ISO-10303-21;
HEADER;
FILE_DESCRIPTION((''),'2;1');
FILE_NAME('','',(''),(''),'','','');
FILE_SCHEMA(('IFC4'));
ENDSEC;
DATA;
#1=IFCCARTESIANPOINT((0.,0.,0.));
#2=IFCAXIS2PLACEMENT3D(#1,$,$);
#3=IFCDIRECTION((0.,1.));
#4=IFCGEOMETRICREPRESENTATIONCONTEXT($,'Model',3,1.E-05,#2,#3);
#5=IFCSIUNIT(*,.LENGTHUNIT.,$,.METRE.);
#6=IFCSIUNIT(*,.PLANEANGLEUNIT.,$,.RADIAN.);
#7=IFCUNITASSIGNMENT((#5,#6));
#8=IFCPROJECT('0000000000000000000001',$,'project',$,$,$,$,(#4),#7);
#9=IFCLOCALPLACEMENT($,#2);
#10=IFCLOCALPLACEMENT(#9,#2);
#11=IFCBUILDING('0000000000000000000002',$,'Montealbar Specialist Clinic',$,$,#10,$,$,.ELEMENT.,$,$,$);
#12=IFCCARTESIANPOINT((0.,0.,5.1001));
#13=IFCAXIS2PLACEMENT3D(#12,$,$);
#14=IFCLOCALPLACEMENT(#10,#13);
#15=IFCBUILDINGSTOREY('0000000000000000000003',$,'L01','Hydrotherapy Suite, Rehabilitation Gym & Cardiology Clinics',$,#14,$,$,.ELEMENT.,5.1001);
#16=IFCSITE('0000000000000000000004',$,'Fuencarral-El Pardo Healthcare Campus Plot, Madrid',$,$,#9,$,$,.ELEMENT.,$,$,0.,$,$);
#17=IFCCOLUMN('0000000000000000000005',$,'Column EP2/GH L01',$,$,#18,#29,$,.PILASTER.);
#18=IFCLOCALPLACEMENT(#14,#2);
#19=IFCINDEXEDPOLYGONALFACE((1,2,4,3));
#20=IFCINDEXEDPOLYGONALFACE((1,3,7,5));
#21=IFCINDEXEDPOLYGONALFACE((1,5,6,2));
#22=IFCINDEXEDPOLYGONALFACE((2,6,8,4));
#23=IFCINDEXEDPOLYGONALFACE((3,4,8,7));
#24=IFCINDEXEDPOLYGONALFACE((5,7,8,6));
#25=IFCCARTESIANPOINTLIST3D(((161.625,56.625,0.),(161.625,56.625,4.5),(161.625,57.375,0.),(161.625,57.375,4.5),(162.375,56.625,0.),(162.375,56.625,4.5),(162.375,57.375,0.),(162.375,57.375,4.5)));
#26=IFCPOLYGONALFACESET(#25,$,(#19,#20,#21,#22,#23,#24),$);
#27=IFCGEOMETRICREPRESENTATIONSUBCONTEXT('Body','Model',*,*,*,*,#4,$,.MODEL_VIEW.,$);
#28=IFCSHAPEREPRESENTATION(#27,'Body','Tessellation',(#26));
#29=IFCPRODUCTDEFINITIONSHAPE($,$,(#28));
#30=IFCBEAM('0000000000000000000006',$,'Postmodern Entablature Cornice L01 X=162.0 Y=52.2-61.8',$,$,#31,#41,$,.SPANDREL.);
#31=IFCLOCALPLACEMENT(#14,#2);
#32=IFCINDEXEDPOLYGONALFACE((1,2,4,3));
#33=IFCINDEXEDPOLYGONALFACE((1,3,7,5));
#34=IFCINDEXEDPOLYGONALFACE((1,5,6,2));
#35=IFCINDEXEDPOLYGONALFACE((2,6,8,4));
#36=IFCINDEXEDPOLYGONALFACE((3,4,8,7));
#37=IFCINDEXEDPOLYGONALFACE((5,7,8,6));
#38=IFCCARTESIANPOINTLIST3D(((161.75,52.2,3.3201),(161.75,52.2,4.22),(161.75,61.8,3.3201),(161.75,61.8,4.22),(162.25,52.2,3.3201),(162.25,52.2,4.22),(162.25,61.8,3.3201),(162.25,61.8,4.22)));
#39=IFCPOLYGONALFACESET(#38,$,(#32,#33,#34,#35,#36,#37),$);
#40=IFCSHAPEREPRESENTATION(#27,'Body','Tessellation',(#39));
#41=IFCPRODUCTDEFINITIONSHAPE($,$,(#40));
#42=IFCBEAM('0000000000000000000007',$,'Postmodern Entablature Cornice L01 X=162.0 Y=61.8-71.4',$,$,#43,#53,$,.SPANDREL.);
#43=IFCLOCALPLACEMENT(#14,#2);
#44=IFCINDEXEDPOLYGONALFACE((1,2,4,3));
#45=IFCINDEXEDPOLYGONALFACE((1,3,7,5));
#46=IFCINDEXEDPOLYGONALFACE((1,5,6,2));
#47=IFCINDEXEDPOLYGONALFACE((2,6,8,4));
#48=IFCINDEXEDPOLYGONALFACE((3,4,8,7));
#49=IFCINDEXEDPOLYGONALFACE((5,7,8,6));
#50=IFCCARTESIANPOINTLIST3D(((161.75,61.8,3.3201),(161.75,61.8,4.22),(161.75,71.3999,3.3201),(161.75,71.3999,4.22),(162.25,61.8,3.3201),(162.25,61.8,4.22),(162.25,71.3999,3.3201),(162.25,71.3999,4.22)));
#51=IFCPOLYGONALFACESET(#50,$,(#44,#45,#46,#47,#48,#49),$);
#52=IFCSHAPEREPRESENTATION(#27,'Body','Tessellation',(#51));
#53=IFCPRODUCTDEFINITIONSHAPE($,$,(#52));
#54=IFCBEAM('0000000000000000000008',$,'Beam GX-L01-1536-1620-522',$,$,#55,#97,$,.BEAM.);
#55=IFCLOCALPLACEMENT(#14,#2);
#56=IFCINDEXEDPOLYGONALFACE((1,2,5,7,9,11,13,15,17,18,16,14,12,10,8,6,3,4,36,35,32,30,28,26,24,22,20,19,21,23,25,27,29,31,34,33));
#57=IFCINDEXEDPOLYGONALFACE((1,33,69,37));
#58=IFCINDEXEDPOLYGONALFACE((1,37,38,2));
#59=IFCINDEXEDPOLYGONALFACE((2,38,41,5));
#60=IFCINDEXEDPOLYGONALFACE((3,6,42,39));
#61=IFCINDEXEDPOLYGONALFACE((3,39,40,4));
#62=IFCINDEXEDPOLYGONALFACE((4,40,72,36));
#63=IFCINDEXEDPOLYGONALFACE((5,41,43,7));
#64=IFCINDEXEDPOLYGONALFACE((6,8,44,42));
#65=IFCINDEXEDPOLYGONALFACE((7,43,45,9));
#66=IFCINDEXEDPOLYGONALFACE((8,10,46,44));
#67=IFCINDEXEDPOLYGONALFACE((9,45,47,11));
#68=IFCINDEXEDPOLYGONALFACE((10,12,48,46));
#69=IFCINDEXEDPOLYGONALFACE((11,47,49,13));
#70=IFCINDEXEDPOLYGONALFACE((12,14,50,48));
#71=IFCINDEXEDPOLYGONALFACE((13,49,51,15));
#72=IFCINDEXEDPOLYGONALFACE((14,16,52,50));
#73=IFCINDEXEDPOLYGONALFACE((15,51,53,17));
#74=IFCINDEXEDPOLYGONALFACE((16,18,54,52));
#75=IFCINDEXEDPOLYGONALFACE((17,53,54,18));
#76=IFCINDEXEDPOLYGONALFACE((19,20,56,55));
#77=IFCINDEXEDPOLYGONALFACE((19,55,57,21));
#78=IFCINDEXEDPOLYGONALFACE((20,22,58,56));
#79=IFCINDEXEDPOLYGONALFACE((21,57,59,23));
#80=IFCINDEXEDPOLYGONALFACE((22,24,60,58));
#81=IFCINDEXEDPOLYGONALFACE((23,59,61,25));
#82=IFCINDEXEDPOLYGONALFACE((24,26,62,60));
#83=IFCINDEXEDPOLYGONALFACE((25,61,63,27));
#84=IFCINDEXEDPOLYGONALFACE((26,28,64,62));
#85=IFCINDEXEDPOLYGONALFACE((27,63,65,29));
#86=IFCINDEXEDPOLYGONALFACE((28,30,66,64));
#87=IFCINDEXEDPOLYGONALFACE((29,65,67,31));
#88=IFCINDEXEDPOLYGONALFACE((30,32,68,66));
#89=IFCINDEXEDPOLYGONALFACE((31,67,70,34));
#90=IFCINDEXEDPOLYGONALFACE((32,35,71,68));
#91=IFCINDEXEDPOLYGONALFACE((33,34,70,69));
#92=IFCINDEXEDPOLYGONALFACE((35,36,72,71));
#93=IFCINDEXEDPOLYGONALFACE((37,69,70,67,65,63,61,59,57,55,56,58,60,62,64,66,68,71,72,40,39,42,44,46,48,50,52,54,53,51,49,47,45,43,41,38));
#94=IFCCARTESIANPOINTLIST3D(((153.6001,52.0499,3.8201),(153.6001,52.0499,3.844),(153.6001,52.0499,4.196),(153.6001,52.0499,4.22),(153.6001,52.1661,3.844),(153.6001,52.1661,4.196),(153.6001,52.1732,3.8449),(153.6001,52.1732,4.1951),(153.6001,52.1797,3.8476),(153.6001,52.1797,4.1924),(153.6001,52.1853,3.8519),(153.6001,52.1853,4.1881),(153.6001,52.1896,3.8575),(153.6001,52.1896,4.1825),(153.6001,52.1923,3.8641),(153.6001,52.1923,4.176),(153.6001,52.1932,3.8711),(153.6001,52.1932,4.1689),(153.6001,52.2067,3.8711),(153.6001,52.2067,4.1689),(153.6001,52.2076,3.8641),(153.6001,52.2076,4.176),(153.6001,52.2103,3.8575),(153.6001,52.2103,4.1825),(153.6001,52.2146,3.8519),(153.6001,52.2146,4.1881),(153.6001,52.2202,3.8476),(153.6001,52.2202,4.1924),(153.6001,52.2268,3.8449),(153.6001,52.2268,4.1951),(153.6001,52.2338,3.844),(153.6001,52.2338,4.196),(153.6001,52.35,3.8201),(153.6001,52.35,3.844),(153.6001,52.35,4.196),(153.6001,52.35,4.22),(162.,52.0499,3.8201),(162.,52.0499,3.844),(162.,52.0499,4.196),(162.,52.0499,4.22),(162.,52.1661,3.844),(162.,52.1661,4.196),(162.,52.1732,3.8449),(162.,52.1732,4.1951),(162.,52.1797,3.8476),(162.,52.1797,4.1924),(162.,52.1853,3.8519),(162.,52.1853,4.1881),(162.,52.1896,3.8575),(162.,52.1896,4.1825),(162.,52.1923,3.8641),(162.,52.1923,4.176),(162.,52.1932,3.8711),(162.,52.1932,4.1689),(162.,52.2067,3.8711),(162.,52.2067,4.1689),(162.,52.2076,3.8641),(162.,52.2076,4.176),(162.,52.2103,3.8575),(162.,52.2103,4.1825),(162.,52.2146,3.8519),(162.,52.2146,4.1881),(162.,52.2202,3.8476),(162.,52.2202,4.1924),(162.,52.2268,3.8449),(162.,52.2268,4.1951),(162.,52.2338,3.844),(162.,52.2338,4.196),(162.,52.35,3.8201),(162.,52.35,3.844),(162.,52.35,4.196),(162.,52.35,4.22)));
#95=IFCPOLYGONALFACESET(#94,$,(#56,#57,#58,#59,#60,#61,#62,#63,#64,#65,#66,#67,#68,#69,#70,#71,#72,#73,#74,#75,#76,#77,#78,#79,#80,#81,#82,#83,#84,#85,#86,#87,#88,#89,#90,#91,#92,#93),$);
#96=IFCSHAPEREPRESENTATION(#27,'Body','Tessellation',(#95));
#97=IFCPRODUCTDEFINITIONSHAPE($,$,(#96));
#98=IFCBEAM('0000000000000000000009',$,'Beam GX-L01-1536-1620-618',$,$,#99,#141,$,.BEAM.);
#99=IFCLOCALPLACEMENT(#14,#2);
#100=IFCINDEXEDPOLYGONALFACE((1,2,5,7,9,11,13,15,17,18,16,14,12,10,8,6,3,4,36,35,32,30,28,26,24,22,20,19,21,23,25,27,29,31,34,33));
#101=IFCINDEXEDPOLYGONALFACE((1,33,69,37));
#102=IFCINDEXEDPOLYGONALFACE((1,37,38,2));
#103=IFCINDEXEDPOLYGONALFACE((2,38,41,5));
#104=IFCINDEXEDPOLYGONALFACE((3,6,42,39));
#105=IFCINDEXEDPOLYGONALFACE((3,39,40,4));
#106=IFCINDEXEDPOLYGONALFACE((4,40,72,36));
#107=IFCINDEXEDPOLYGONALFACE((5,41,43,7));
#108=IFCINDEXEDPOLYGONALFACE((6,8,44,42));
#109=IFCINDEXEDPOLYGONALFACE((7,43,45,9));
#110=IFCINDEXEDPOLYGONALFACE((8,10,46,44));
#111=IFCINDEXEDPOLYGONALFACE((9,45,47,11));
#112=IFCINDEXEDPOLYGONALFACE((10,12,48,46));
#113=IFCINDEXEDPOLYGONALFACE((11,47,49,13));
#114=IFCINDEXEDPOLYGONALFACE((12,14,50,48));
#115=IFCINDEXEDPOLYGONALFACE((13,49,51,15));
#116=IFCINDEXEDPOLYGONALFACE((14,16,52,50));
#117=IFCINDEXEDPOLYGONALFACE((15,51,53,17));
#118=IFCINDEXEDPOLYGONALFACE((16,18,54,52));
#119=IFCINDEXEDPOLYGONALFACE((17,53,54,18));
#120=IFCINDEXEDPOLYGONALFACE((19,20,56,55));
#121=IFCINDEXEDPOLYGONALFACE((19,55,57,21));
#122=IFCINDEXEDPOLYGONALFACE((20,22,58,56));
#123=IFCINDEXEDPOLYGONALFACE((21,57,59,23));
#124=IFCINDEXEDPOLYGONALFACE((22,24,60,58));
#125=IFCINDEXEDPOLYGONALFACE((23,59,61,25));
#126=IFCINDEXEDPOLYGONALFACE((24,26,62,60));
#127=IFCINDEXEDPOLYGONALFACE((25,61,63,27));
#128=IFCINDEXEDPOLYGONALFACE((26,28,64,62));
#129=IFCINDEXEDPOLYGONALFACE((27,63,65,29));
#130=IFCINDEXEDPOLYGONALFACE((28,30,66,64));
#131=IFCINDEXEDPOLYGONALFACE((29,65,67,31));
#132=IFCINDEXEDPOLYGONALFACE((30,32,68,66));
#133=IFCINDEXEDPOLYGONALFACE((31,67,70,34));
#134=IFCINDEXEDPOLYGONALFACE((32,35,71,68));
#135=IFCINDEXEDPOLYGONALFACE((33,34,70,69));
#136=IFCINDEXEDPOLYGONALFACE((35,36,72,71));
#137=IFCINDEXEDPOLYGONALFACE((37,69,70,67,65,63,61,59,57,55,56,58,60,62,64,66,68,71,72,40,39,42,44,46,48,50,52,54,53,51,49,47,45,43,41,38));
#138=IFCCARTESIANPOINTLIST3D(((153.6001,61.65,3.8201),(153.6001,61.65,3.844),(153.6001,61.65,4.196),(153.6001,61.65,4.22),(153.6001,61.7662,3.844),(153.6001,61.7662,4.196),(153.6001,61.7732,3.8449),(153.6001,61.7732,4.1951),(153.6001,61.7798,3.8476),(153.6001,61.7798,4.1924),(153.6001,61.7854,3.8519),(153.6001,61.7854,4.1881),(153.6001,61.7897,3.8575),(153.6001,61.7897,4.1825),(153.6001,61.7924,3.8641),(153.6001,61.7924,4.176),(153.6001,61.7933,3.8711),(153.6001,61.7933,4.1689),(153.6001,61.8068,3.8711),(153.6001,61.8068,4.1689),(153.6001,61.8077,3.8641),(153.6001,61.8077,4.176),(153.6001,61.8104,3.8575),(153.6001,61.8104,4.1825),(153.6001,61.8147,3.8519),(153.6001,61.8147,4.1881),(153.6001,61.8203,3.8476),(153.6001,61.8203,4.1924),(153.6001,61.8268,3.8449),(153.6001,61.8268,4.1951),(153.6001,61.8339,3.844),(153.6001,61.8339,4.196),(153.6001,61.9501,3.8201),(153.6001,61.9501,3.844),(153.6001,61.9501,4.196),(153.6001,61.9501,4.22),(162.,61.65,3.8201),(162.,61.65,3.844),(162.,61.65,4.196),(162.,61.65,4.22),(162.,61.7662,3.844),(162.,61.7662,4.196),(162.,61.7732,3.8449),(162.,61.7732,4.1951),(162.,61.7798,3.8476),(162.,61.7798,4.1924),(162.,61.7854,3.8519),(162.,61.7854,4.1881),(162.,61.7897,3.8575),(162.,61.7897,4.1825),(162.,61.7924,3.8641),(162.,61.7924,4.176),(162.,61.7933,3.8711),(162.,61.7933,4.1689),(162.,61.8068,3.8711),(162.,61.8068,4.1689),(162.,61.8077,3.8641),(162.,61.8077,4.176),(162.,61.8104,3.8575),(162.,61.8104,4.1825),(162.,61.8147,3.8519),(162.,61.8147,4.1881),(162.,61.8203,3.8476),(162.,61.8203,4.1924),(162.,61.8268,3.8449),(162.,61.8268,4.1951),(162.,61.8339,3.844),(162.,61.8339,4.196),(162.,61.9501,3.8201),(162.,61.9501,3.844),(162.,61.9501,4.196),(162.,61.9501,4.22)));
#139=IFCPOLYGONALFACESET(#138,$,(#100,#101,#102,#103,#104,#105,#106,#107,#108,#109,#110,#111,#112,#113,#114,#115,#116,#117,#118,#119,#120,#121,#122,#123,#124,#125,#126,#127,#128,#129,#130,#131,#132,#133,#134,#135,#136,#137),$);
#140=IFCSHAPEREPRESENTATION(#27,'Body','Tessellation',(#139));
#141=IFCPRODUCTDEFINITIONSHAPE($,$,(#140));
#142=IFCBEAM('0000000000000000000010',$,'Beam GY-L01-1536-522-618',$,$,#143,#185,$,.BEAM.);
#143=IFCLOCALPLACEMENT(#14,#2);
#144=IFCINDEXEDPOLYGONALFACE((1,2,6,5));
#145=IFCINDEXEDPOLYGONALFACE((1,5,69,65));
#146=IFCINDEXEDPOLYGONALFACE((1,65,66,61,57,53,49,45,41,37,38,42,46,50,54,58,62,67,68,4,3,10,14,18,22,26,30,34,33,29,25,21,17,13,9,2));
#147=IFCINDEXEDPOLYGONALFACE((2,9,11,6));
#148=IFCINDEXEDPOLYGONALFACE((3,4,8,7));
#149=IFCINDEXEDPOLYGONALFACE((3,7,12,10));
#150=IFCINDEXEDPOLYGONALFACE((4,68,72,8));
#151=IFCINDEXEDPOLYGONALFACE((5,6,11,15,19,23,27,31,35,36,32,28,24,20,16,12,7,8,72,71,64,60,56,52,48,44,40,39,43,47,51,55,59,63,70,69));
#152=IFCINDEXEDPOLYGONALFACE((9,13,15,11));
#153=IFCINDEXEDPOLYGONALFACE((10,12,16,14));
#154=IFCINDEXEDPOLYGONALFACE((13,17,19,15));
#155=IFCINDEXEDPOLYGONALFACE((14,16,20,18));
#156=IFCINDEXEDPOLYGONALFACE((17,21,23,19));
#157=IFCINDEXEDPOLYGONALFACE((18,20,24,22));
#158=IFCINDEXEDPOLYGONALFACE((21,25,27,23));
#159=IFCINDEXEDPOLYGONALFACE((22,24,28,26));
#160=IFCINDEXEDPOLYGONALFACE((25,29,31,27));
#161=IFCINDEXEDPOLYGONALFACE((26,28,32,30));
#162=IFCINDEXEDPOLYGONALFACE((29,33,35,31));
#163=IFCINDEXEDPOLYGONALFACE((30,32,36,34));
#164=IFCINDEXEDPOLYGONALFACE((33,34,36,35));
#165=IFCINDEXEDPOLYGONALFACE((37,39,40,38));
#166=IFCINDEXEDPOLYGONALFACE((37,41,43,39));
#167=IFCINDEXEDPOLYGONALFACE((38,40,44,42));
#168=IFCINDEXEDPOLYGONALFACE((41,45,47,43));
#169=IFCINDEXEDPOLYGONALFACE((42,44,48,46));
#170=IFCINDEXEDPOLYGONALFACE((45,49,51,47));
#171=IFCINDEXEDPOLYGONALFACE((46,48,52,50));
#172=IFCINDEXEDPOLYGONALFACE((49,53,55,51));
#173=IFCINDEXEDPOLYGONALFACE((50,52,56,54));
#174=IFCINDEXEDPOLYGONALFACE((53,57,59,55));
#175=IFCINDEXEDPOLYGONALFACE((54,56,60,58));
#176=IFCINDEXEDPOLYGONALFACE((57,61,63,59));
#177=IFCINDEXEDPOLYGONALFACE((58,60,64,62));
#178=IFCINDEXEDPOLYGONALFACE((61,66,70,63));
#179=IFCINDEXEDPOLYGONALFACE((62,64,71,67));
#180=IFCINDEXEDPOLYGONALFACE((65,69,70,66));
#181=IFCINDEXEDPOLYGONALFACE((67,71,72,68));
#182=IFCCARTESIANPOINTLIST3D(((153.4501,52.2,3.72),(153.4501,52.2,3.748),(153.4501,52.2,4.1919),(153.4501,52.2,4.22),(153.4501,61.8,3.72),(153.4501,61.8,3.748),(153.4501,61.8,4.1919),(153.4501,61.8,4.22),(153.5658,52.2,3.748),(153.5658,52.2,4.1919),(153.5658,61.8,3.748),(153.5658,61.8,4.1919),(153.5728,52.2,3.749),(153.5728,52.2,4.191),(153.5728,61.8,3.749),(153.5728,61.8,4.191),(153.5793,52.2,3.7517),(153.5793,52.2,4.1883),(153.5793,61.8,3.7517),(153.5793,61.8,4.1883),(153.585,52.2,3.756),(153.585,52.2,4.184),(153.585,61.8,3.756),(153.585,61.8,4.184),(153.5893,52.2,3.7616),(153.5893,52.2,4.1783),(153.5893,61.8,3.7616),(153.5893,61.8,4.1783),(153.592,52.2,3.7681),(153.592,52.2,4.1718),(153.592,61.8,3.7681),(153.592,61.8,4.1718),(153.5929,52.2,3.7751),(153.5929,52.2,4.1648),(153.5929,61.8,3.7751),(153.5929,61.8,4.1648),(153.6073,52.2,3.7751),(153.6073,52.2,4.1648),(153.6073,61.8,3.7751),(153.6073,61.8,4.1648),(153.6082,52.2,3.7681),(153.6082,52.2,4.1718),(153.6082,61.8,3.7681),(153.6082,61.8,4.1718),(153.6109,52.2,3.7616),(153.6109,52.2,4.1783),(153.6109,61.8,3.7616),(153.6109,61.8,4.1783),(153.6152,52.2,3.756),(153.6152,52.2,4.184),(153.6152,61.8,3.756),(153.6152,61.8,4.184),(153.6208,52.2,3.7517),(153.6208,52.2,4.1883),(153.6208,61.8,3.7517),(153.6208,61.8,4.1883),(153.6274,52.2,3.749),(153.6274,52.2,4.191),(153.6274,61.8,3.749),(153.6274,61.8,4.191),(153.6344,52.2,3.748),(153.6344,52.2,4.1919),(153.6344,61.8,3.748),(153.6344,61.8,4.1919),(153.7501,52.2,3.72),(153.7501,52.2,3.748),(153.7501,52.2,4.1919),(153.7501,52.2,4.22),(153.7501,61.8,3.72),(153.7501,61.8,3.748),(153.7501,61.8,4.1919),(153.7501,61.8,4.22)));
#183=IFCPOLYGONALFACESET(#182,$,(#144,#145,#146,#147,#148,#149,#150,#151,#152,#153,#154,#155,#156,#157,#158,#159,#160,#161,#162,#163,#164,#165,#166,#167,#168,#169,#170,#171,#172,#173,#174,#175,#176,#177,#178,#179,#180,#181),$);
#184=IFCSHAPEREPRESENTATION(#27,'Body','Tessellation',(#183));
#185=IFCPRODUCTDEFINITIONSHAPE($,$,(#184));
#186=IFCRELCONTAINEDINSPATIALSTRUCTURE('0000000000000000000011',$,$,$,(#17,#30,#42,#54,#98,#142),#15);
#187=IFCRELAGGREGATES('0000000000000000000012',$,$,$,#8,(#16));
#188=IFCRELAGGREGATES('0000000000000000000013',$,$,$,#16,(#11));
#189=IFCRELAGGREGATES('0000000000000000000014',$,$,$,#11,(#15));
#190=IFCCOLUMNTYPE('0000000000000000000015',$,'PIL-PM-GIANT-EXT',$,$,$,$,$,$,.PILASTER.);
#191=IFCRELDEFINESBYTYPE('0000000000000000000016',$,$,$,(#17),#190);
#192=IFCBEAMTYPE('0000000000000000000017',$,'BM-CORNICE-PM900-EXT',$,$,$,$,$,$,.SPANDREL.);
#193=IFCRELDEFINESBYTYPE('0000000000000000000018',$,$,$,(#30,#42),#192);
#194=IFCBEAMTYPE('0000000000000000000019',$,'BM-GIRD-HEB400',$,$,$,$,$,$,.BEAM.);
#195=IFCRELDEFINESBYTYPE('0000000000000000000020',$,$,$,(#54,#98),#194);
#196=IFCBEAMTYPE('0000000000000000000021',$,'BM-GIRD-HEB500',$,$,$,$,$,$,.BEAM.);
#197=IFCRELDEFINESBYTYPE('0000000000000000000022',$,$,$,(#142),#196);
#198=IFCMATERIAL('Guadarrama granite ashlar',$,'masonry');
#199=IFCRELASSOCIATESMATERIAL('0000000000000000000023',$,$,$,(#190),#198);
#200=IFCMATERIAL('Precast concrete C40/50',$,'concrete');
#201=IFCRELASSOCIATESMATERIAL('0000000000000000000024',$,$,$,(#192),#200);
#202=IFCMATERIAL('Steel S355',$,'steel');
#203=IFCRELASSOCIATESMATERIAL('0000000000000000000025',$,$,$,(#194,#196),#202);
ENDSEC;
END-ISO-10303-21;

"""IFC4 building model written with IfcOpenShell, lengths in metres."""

from ifc_helpers import new_model, si_unit, direction, frame, origin, origin_2d, place, context, subcontext, project, spatial, rectangle, i_section, extrude, material, material_profile, profile_set, type_object, element, save


model = new_model("IFC4")

# Units and contexts
model_context = context("Model", 3, precision=1e-05, world=origin(), true_north=direction((0.0, 1.0)))
body_context = subcontext(model_context, "Body", "Model", "MODEL_VIEW")
ifc_project = project(units=[si_unit("LENGTHUNIT", "METRE"), si_unit("PLANEANGLEUNIT", "RADIAN")], contexts=[model_context])

# Site, building, storey
site_placement = place(None, origin())
site = spatial("IfcSite", under=ifc_project, at=site_placement, Name="Fuencarral-El Pardo Healthcare Campus Plot, Madrid", CompositionType="ELEMENT", RefElevation=0.0)
building_placement = place(site_placement, origin())
building = spatial("IfcBuilding", under=site, at=building_placement, Name="Montealbar Specialist Clinic", CompositionType="ELEMENT")
storey_placement = place(building_placement, frame((0.0, 0.0, 5.1001)))
storey = spatial("IfcBuildingStorey", under=building, at=storey_placement, Name="L01", Description="Hydrotherapy Suite, Rehabilitation Gym & Cardiology Clinics", CompositionType="ELEMENT", Elevation=5.1001)

# Column
ifc_material_1 = material(Name="Steel S355", Category="steel")
ifc_material_2 = material(Name="Guadarrama granite ashlar", Category="masonry")
ifc_material_profile_1 = material_profile(ifc_material_2, rectangle(XDim=0.75, YDim=0.75, at=origin_2d()), Name="GRANITE PILASTER 750x750", Category="masonry")
ifc_profile_set_1 = profile_set([ifc_material_profile_1], Name="Guadarrama granite ashlar")
column_type_1 = type_object("IfcColumnType", Name="PIL-PM-GIANT-EXT", PredefinedType="PILASTER", material=ifc_profile_set_1)
column_placement = place(storey_placement, frame((162.0, 57.0, 0.0), z_axis=(0.0, 0.0, 1.0), x_axis=(1.0, 0.0, 0.0)))
element("IfcColumn", 1, at=column_placement, inside=storey, type_object=column_type_1, Name="Column EP2/GH L01", PredefinedType="PILASTER", context=body_context, shape_type="SweptSolid", body=[
    extrude(rectangle(XDim=0.75, YDim=0.75, at=origin_2d()), origin(), (0.0, 0.0, 1.0), 4.5),
])

# Beams
ifc_material_3 = material(Name="Precast concrete C40/50", Category="concrete")
ifc_material_profile_2 = material_profile(ifc_material_3, rectangle(XDim=0.5, YDim=0.8999, at=origin_2d()), Name="PRECAST CORNICE 500x900", Category="concrete")
ifc_profile_set_2 = profile_set([ifc_material_profile_2], Name="Precast concrete C40/50")
beam_type_1 = type_object("IfcBeamType", Name="BM-CORNICE-PM900-EXT", PredefinedType="SPANDREL", material=ifc_profile_set_2)
beam_1_placement = place(storey_placement, frame((162.0, 52.2, 3.77), z_axis=(0.0, 1.0, 0.0), x_axis=(-1.0, 0.0, 0.0)))
element("IfcBeam", 2, at=beam_1_placement, inside=storey, type_object=beam_type_1, Name="Postmodern Entablature Cornice L01 X=162.0 Y=52.2-61.8", PredefinedType="SPANDREL", context=body_context, shape_type="SweptSolid", body=[
    extrude(rectangle(XDim=0.5, YDim=0.8999, at=origin_2d()), origin(), (0.0, 0.0, 1.0), 9.6001),
])
beam_2_placement = place(storey_placement, frame((162.0, 61.8, 3.77), z_axis=(0.0, 1.0, 0.0), x_axis=(-1.0, 0.0, 0.0)))
element("IfcBeam", 3, at=beam_2_placement, inside=storey, type_object=beam_type_1, Name="Postmodern Entablature Cornice L01 X=162.0 Y=61.8-71.4", PredefinedType="SPANDREL", context=body_context, shape_type="SweptSolid", body=[
    extrude(rectangle(XDim=0.5, YDim=0.8999, at=origin_2d()), origin(), (0.0, 0.0, 1.0), 9.5999),
])
ifc_material_profile_3 = material_profile(ifc_material_1, i_section(OverallWidth=0.3, OverallDepth=0.3999, WebThickness=0.0134, FlangeThickness=0.0239, FilletRadius=0.0271, at=origin_2d()), Name="HEB 400", Category="steel")
ifc_profile_set_3 = profile_set([ifc_material_profile_3], Name="Steel S355")
beam_type_2 = type_object("IfcBeamType", Name="BM-GIRD-HEB400", PredefinedType="BEAM", material=ifc_profile_set_3)
for number, where, z_axis, x_axis, name in (
    (4, (153.6001, 52.2, 4.02), (1.0, 0.0, 0.0), (0.0, 1.0, 0.0), "Beam GX-L01-1536-1620-522"),
    (5, (153.6001, 61.8, 4.02), (1.0, 0.0, 0.0), (0.0, 1.0, 0.0), "Beam GX-L01-1536-1620-618"),
):
    element("IfcBeam", number, at=place(storey_placement, frame(where, z_axis=z_axis, x_axis=x_axis)), inside=storey, type_object=beam_type_2, Name=name, PredefinedType="BEAM", context=body_context, shape_type="SweptSolid", body=[
        extrude(i_section(OverallWidth=0.3, OverallDepth=0.3999, WebThickness=0.0134, FlangeThickness=0.0239, FilletRadius=0.0271, at=origin_2d()), origin(), (0.0, 0.0, 1.0), 8.3999),
    ])
ifc_material_profile_4 = material_profile(ifc_material_1, i_section(OverallWidth=0.3, OverallDepth=0.5, WebThickness=0.0144, FlangeThickness=0.0281, FilletRadius=0.0271, at=origin_2d()), Name="HEB 500", Category="steel")
ifc_profile_set_4 = profile_set([ifc_material_profile_4], Name="Steel S355")
beam_type_3 = type_object("IfcBeamType", Name="BM-GIRD-HEB500", PredefinedType="BEAM", material=ifc_profile_set_4)
beam_3_placement = place(storey_placement, frame((153.6001, 52.2, 3.97), z_axis=(0.0, 1.0, 0.0), x_axis=(-1.0, 0.0, 0.0)))
element("IfcBeam", 6, at=beam_3_placement, inside=storey, type_object=beam_type_3, Name="Beam GY-L01-1536-522-618", PredefinedType="BEAM", context=body_context, shape_type="SweptSolid", body=[
    extrude(i_section(OverallWidth=0.3, OverallDepth=0.5, WebThickness=0.0144, FlangeThickness=0.0281, FilletRadius=0.0271, at=origin_2d()), origin(), (0.0, 0.0, 1.0), 9.6001),
])

save(model, "model.ifc")
